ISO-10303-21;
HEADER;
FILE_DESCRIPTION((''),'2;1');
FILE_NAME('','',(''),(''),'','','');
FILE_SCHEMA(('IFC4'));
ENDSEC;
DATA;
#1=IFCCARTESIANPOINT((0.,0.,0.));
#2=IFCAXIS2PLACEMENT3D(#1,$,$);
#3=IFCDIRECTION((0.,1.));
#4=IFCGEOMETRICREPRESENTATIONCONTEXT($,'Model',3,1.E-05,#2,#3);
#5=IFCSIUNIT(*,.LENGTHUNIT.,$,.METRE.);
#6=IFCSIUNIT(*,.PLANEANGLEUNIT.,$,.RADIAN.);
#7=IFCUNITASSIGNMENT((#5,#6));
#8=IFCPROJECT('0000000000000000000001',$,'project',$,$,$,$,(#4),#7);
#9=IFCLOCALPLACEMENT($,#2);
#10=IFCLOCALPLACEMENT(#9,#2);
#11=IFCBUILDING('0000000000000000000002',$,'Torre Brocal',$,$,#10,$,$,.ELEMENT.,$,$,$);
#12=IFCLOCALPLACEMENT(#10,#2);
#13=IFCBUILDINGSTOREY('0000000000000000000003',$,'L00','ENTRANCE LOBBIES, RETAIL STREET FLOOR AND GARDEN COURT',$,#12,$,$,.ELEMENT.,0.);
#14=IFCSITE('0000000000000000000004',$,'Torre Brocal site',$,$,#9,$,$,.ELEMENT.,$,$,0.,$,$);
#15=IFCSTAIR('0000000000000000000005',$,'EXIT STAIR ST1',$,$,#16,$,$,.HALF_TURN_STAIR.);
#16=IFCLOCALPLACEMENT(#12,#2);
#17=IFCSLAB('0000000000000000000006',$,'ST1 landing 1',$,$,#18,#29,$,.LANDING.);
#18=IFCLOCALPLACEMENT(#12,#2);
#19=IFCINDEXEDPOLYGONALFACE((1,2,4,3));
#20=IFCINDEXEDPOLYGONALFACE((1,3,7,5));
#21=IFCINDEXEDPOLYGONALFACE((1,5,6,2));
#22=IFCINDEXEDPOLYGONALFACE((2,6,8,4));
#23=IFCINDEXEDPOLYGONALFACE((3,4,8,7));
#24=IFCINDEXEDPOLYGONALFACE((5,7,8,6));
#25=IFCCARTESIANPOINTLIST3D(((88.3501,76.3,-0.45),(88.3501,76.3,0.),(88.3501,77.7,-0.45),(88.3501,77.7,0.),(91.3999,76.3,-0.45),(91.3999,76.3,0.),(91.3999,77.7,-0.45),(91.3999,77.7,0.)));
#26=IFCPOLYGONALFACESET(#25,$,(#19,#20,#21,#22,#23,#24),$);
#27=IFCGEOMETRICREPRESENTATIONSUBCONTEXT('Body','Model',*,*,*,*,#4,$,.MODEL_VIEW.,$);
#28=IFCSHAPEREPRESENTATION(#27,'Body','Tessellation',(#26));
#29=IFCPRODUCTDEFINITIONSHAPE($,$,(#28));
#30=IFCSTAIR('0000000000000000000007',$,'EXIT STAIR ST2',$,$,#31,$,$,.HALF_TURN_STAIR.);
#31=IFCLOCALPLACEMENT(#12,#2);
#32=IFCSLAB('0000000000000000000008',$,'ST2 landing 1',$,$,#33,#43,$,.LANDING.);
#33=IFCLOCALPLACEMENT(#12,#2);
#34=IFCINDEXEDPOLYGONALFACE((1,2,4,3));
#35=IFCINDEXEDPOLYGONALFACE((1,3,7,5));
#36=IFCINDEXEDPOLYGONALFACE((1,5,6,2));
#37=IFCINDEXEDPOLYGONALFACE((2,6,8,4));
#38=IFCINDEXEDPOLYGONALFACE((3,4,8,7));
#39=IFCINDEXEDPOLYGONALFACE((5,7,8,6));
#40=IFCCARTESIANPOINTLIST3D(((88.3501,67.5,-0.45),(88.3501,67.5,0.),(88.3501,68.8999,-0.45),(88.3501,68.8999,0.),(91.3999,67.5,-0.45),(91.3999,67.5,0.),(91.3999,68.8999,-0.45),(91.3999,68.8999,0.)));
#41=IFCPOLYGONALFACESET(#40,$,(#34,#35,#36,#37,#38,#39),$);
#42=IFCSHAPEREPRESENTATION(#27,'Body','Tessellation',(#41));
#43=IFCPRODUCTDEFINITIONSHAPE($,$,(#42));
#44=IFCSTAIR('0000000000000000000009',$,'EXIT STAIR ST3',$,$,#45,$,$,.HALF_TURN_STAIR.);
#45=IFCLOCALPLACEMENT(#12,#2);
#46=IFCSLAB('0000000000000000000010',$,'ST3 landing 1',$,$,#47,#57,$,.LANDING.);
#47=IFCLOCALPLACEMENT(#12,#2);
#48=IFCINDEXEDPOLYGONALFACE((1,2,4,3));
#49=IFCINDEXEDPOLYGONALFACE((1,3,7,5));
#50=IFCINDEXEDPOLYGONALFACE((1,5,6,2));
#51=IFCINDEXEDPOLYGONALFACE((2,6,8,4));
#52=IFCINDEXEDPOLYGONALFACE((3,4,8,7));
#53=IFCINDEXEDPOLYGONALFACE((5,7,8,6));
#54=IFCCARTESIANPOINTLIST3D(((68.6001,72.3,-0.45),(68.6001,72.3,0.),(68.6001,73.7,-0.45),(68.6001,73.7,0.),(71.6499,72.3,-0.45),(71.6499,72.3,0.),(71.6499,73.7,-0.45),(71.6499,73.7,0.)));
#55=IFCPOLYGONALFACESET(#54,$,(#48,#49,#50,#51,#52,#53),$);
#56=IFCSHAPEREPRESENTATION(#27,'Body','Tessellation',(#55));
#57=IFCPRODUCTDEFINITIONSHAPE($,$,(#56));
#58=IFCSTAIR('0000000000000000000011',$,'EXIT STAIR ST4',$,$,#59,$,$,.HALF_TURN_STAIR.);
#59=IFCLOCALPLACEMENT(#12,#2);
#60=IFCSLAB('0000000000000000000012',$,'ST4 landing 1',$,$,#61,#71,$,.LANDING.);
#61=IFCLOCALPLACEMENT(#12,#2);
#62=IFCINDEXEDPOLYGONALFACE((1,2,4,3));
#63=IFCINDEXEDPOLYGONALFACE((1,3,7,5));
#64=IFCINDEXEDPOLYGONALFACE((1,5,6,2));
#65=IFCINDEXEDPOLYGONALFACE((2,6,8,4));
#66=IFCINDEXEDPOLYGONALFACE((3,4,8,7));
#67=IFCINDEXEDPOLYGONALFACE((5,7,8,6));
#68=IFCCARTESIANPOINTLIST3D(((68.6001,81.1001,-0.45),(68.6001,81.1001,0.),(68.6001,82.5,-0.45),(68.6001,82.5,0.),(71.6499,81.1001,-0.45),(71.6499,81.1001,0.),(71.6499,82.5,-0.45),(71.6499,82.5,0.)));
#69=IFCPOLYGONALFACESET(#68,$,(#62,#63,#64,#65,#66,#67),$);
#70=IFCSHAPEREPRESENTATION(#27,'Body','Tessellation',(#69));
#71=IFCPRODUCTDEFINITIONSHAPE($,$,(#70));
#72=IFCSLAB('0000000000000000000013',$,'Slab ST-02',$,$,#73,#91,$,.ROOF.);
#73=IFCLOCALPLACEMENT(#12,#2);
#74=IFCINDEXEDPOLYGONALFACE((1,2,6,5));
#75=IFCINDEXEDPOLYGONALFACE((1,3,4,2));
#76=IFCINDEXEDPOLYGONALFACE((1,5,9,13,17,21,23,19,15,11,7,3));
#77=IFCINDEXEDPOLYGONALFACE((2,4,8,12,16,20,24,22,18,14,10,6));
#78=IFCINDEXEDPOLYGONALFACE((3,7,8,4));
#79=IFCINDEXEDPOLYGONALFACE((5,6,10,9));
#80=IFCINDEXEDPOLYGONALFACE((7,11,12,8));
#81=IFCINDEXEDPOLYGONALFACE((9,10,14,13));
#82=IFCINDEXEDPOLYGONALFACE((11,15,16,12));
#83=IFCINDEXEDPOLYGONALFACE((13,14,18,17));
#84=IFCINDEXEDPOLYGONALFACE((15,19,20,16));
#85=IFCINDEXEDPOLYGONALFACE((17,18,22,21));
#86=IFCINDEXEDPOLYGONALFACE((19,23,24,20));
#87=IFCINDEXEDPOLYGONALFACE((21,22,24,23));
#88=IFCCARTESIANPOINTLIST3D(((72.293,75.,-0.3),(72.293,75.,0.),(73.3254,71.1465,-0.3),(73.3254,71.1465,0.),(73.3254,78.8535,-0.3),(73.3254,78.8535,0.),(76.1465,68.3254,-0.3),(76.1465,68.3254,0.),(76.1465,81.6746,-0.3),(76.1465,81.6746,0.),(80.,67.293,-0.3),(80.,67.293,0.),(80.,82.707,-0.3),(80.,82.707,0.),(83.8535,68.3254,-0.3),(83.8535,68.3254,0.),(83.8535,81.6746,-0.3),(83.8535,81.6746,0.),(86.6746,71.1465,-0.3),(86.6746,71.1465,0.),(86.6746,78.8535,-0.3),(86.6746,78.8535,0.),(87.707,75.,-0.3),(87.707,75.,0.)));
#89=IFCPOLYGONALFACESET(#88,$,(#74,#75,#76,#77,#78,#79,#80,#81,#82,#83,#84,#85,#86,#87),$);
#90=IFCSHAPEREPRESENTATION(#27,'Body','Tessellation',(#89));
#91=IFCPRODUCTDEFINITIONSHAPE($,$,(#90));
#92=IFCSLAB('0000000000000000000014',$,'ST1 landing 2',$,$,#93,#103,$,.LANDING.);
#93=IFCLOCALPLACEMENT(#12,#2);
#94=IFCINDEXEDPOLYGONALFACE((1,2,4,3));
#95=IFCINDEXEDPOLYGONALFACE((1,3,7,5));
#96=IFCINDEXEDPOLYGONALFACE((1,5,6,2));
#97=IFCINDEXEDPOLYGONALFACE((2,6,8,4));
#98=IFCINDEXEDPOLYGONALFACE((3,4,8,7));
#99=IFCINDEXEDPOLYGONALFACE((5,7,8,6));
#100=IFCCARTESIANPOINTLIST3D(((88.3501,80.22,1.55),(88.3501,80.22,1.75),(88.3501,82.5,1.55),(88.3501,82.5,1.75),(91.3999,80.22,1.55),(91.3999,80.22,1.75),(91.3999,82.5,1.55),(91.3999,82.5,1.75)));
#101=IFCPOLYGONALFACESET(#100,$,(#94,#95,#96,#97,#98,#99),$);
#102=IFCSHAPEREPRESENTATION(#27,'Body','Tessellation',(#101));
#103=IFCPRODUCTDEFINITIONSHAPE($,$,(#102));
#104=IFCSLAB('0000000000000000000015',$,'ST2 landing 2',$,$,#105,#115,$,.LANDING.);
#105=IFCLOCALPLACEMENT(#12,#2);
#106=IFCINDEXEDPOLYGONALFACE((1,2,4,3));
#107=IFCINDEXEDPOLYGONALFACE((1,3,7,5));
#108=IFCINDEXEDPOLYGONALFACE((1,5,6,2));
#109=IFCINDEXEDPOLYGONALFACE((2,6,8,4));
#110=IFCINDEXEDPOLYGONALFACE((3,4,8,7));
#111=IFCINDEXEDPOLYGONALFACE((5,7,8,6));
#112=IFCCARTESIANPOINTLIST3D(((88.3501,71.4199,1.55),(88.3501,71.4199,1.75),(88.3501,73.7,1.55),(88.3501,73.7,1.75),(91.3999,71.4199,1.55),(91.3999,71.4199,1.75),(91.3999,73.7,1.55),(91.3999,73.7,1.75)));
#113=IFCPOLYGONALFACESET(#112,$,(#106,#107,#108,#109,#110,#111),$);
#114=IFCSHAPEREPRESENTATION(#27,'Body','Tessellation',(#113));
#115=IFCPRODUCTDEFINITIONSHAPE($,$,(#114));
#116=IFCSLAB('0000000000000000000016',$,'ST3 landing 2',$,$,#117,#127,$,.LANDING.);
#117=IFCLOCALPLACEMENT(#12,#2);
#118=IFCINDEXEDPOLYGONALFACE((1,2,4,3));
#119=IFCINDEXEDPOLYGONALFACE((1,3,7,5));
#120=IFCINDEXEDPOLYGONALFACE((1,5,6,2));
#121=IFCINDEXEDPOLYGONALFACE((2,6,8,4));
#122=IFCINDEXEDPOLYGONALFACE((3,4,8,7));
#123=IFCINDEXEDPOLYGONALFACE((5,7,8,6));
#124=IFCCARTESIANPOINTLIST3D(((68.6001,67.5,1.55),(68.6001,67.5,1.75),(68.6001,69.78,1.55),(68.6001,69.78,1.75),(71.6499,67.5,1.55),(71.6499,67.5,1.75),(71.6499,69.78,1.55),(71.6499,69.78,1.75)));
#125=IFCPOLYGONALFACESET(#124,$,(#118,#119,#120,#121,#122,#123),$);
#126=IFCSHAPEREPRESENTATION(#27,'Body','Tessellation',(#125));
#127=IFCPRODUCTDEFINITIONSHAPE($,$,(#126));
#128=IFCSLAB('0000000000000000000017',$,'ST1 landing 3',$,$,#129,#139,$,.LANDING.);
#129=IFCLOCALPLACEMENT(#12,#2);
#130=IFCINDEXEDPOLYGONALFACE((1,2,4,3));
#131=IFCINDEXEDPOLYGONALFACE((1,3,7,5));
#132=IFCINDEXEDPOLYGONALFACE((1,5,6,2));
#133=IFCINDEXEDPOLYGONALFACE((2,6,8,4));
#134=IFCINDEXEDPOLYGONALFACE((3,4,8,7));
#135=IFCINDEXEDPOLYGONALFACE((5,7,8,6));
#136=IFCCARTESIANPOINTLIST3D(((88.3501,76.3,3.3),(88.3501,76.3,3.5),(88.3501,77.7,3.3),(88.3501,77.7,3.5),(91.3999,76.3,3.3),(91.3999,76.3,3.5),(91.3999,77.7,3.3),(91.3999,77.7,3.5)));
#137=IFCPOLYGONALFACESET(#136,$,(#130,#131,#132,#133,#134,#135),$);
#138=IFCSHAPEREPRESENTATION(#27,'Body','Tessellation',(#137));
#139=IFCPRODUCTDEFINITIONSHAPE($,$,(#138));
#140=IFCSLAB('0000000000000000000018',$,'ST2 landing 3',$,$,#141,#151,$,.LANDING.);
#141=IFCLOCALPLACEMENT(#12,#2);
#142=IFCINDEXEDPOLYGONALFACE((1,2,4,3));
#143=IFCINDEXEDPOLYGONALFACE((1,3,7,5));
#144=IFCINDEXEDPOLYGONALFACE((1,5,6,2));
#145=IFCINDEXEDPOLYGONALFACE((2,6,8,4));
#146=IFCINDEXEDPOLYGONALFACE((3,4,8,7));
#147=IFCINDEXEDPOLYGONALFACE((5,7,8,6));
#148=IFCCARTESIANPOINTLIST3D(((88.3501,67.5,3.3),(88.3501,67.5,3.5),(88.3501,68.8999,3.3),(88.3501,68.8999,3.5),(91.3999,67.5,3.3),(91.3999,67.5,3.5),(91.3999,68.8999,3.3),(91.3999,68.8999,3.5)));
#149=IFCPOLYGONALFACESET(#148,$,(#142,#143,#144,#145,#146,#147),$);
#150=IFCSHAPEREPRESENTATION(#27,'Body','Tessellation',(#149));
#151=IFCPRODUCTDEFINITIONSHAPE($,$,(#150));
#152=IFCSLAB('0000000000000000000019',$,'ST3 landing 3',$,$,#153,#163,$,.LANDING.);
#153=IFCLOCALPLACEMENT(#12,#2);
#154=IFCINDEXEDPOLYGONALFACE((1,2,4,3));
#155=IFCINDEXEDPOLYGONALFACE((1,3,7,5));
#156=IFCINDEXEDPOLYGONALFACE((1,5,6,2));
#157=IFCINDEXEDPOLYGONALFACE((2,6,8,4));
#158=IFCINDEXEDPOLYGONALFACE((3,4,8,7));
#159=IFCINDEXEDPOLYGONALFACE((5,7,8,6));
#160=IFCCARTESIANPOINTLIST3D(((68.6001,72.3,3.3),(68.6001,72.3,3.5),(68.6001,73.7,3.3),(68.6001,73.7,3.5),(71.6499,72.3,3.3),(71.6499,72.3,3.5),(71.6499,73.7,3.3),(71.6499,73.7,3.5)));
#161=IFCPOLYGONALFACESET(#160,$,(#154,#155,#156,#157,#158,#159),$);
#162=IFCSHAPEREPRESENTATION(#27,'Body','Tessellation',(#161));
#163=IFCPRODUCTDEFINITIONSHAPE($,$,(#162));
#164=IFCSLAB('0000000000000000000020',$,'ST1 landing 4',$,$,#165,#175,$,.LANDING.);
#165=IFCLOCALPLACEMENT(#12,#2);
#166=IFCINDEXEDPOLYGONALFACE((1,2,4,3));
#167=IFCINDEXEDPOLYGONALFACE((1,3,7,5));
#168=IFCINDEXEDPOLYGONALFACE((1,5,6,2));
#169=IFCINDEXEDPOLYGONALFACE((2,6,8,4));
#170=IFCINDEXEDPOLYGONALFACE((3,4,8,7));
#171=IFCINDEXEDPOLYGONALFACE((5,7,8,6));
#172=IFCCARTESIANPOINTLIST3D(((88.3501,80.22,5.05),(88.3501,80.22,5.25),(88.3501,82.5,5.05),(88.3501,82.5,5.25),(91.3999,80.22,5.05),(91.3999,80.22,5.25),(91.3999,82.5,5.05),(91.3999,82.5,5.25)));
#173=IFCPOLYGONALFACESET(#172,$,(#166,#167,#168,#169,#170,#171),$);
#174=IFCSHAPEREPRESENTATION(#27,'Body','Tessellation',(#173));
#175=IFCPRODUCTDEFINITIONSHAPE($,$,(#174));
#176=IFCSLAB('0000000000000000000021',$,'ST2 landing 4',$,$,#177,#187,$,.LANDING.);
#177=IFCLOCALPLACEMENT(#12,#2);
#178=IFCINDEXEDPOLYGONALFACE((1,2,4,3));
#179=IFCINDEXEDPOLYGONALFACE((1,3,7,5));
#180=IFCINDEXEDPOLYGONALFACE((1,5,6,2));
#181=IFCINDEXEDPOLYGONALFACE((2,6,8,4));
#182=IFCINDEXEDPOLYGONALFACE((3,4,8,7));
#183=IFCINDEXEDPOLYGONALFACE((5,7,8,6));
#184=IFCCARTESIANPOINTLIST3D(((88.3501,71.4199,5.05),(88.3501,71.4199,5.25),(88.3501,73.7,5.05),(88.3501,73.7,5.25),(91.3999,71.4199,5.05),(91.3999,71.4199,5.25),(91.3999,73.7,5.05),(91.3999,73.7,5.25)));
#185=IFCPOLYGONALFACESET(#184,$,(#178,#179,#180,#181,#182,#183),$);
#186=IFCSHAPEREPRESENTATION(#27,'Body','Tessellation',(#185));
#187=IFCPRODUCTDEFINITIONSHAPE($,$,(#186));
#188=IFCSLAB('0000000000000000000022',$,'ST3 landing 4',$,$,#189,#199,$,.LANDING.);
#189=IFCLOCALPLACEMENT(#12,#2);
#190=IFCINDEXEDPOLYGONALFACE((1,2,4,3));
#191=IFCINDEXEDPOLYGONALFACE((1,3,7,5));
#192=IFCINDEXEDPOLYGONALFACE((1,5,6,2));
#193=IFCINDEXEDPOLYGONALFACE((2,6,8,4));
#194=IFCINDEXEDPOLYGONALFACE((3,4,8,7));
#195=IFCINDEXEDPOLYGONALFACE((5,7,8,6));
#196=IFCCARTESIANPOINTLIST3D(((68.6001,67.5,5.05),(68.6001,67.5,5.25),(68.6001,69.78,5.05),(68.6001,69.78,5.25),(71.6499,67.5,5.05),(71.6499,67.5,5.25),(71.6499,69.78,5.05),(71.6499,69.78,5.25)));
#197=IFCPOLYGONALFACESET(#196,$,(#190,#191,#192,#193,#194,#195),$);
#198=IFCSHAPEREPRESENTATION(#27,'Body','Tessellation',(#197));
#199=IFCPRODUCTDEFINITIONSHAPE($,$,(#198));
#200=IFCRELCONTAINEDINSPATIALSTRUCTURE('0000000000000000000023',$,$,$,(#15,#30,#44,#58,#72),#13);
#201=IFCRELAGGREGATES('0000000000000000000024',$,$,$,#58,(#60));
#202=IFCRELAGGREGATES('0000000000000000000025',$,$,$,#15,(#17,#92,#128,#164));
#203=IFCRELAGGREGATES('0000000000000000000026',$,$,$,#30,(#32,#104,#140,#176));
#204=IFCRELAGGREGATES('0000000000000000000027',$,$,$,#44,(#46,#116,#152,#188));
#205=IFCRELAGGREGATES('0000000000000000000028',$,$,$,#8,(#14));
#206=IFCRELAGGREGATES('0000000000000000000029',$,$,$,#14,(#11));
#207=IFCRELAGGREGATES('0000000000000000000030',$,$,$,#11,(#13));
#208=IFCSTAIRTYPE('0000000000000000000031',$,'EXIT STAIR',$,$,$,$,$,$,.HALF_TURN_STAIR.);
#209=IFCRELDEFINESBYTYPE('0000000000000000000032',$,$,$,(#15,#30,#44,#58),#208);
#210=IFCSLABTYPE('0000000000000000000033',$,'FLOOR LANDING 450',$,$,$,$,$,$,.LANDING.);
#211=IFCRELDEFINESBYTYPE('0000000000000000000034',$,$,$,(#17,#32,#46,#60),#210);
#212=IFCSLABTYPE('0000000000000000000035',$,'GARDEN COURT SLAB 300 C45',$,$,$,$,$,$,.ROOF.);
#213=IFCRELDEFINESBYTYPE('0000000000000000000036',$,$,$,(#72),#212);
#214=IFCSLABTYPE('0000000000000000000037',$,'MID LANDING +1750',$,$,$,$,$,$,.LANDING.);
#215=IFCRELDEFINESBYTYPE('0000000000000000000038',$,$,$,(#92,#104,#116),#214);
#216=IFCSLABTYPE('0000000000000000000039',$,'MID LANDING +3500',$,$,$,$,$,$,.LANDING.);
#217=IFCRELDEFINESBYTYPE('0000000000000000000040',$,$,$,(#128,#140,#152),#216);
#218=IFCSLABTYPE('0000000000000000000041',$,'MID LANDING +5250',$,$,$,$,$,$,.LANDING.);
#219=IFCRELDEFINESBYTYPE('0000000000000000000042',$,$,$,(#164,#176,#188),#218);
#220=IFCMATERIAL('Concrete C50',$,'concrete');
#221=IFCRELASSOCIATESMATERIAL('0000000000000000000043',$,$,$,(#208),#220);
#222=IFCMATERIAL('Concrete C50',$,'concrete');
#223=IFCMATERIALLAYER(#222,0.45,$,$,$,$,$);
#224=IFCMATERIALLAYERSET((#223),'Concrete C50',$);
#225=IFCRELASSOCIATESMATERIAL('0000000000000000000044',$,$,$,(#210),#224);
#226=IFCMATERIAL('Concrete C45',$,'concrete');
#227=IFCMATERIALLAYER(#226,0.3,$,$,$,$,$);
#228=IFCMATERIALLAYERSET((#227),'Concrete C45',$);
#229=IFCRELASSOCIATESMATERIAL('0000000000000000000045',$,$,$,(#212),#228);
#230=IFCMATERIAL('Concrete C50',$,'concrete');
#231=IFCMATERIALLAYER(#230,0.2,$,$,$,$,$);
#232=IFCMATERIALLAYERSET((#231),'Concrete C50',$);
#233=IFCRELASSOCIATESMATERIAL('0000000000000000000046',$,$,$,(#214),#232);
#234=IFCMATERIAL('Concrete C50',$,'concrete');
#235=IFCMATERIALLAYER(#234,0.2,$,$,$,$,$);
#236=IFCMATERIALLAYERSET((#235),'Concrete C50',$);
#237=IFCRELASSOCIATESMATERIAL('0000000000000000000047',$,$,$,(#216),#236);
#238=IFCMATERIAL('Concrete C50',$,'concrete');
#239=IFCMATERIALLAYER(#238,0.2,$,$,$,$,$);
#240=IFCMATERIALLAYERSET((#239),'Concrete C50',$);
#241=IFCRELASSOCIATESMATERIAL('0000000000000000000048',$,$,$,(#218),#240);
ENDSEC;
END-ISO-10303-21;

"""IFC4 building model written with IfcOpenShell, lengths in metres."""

from ifc_helpers import new_model, si_unit, direction, frame, origin, place, context, subcontext, project, spatial, polyline, outline, extrude, material, layer, layer_set, type_object, element, aggregate, save


model = new_model("IFC4")

# Units and contexts
model_context = context("Model", 3, precision=1e-05, world=origin(), true_north=direction((0.0, 1.0)))
body_context = subcontext(model_context, "Body", "Model", "MODEL_VIEW")
ifc_project = project(units=[si_unit("LENGTHUNIT", "METRE"), si_unit("PLANEANGLEUNIT", "RADIAN")], contexts=[model_context])

# Site, building, storey
site_placement = place(None, origin())
site = spatial("IfcSite", under=ifc_project, at=site_placement, Name="Torre Brocal site", CompositionType="ELEMENT", RefElevation=0.0)
building_placement = place(site_placement, origin())
building = spatial("IfcBuilding", under=site, at=building_placement, Name="Torre Brocal", CompositionType="ELEMENT")
storey_placement = place(building_placement, origin())
storey = spatial("IfcBuildingStorey", under=building, at=storey_placement, Name="L00", Description="ENTRANCE LOBBIES, RETAIL STREET FLOOR AND GARDEN COURT", CompositionType="ELEMENT", Elevation=0.0)

# Stairs, slabs
ifc_material_1 = material(Name="Concrete C50", Category="concrete")
stair_type = type_object("IfcStairType", Name="EXIT STAIR", PredefinedType="HALF_TURN_STAIR", material=ifc_material_1)
stair_1_placement = place(storey_placement, origin())
stair_1 = element("IfcStair", 1, at=stair_1_placement, inside=storey, type_object=stair_type, Name="EXIT STAIR ST1", PredefinedType="HALF_TURN_STAIR")
ifc_material_2 = material(Name="Concrete C50", Category="concrete")
ifc_layer_1 = layer(ifc_material_2, 0.45)
ifc_layer_set_1 = layer_set([ifc_layer_1], Name="Concrete C50")
slab_type_1 = type_object("IfcSlabType", Name="FLOOR LANDING 450", PredefinedType="LANDING", material=ifc_layer_set_1)
slab_1_placement = place(storey_placement, frame((0.0, 0.0, -0.45)))
slab_1 = element("IfcSlab", 2, at=slab_1_placement, type_object=slab_type_1, Name="ST1 landing 1", PredefinedType="LANDING", context=body_context, shape_type="SweptSolid", body=[
    extrude(outline(polyline([(88.3501, 76.3), (91.3999, 76.3), (91.3999, 77.7), (88.3501, 77.7), (88.3501, 76.3)])), origin(), (0.0, 0.0, 1.0), 0.45),
])
stair_2_placement = place(storey_placement, origin())
stair_2 = element("IfcStair", 3, at=stair_2_placement, inside=storey, type_object=stair_type, Name="EXIT STAIR ST2", PredefinedType="HALF_TURN_STAIR")
slab_2_placement = place(storey_placement, frame((0.0, 0.0, -0.45)))
slab_2 = element("IfcSlab", 4, at=slab_2_placement, type_object=slab_type_1, Name="ST2 landing 1", PredefinedType="LANDING", context=body_context, shape_type="SweptSolid", body=[
    extrude(outline(polyline([(88.3501, 67.5), (91.3999, 67.5), (91.3999, 68.8999), (88.3501, 68.8999), (88.3501, 67.5)])), origin(), (0.0, 0.0, 1.0), 0.45),
])
stair_3_placement = place(storey_placement, origin())
stair_3 = element("IfcStair", 5, at=stair_3_placement, inside=storey, type_object=stair_type, Name="EXIT STAIR ST3", PredefinedType="HALF_TURN_STAIR")
slab_3_placement = place(storey_placement, frame((0.0, 0.0, -0.45)))
slab_3 = element("IfcSlab", 6, at=slab_3_placement, type_object=slab_type_1, Name="ST3 landing 1", PredefinedType="LANDING", context=body_context, shape_type="SweptSolid", body=[
    extrude(outline(polyline([(71.6499, 73.7), (68.6001, 73.7), (68.6001, 72.3), (71.6499, 72.3), (71.6499, 73.7)])), origin(), (0.0, 0.0, 1.0), 0.45),
])
stair_4_placement = place(storey_placement, origin())
stair_4 = element("IfcStair", 7, at=stair_4_placement, inside=storey, type_object=stair_type, Name="EXIT STAIR ST4", PredefinedType="HALF_TURN_STAIR")
slab_4_placement = place(storey_placement, frame((0.0, 0.0, -0.45)))
slab_4 = element("IfcSlab", 8, at=slab_4_placement, type_object=slab_type_1, Name="ST4 landing 1", PredefinedType="LANDING", context=body_context, shape_type="SweptSolid", body=[
    extrude(outline(polyline([(71.6499, 82.5), (68.6001, 82.5), (68.6001, 81.1001), (71.6499, 81.1001), (71.6499, 82.5)])), origin(), (0.0, 0.0, 1.0), 0.45),
])
aggregate(stair_4, [slab_4])

# Slabs
ifc_material_3 = material(Name="Concrete C45", Category="concrete")
ifc_layer_2 = layer(ifc_material_3, 0.3)
ifc_layer_set_2 = layer_set([ifc_layer_2], Name="Concrete C45")
slab_type_2 = type_object("IfcSlabType", Name="GARDEN COURT SLAB 300 C45", PredefinedType="ROOF", material=ifc_layer_set_2)
slab_5_placement = place(storey_placement, frame((0.0, 0.0, -0.3)))
element("IfcSlab", 9, at=slab_5_placement, inside=storey, type_object=slab_type_2, Name="Slab ST-02", PredefinedType="ROOF", context=body_context, shape_type="SweptSolid", body=[
    extrude(outline(polyline([(87.707, 75.0), (86.6746, 71.1465), (83.8535, 68.3254), (80.0, 67.293), (76.1465, 68.3254), (73.3254, 71.1465), (72.293, 75.0), (73.3254, 78.8535), (76.1465, 81.6746), (80.0, 82.707), (83.8535, 81.6746), (86.6746, 78.8535), (87.707, 75.0)])), origin(), (0.0, 0.0, 1.0), 0.3),
])
ifc_material_4 = material(Name="Concrete C50", Category="concrete")
ifc_layer_3 = layer(ifc_material_4, 0.2)
ifc_layer_set_3 = layer_set([ifc_layer_3], Name="Concrete C50")
slab_type_3 = type_object("IfcSlabType", Name="MID LANDING +1750", PredefinedType="LANDING", material=ifc_layer_set_3)
slab_6_placement = place(storey_placement, frame((0.0, 0.0, 1.55)))
slab_6 = element("IfcSlab", 10, at=slab_6_placement, type_object=slab_type_3, Name="ST1 landing 2", PredefinedType="LANDING", context=body_context, shape_type="SweptSolid", body=[
    extrude(outline(polyline([(88.3501, 80.22), (91.3999, 80.22), (91.3999, 82.5), (88.3501, 82.5), (88.3501, 80.22)])), origin(), (0.0, 0.0, 1.0), 0.2),
])
slab_7_placement = place(storey_placement, frame((0.0, 0.0, 1.55)))
slab_7 = element("IfcSlab", 11, at=slab_7_placement, type_object=slab_type_3, Name="ST2 landing 2", PredefinedType="LANDING", context=body_context, shape_type="SweptSolid", body=[
    extrude(outline(polyline([(88.3501, 71.4199), (91.3999, 71.4199), (91.3999, 73.7), (88.3501, 73.7), (88.3501, 71.4199)])), origin(), (0.0, 0.0, 1.0), 0.2),
])
slab_8_placement = place(storey_placement, frame((0.0, 0.0, 1.55)))
slab_8 = element("IfcSlab", 12, at=slab_8_placement, type_object=slab_type_3, Name="ST3 landing 2", PredefinedType="LANDING", context=body_context, shape_type="SweptSolid", body=[
    extrude(outline(polyline([(71.6499, 69.78), (68.6001, 69.78), (68.6001, 67.5), (71.6499, 67.5), (71.6499, 69.78)])), origin(), (0.0, 0.0, 1.0), 0.2),
])
ifc_material_5 = material(Name="Concrete C50", Category="concrete")
ifc_layer_4 = layer(ifc_material_5, 0.2)
ifc_layer_set_4 = layer_set([ifc_layer_4], Name="Concrete C50")
slab_type_4 = type_object("IfcSlabType", Name="MID LANDING +3500", PredefinedType="LANDING", material=ifc_layer_set_4)
slab_9_placement = place(storey_placement, frame((0.0, 0.0, 3.3)))
slab_9 = element("IfcSlab", 13, at=slab_9_placement, type_object=slab_type_4, Name="ST1 landing 3", PredefinedType="LANDING", context=body_context, shape_type="SweptSolid", body=[
    extrude(outline(polyline([(88.3501, 76.3), (91.3999, 76.3), (91.3999, 77.7), (88.3501, 77.7), (88.3501, 76.3)])), origin(), (0.0, 0.0, 1.0), 0.2),
])
slab_10_placement = place(storey_placement, frame((0.0, 0.0, 3.3)))
slab_10 = element("IfcSlab", 14, at=slab_10_placement, type_object=slab_type_4, Name="ST2 landing 3", PredefinedType="LANDING", context=body_context, shape_type="SweptSolid", body=[
    extrude(outline(polyline([(88.3501, 67.5), (91.3999, 67.5), (91.3999, 68.8999), (88.3501, 68.8999), (88.3501, 67.5)])), origin(), (0.0, 0.0, 1.0), 0.2),
])
slab_11_placement = place(storey_placement, frame((0.0, 0.0, 3.3)))
slab_11 = element("IfcSlab", 15, at=slab_11_placement, type_object=slab_type_4, Name="ST3 landing 3", PredefinedType="LANDING", context=body_context, shape_type="SweptSolid", body=[
    extrude(outline(polyline([(71.6499, 73.7), (68.6001, 73.7), (68.6001, 72.3), (71.6499, 72.3), (71.6499, 73.7)])), origin(), (0.0, 0.0, 1.0), 0.2),
])
ifc_material_6 = material(Name="Concrete C50", Category="concrete")
ifc_layer_5 = layer(ifc_material_6, 0.2)
ifc_layer_set_5 = layer_set([ifc_layer_5], Name="Concrete C50")
slab_type_5 = type_object("IfcSlabType", Name="MID LANDING +5250", PredefinedType="LANDING", material=ifc_layer_set_5)
slab_12_placement = place(storey_placement, frame((0.0, 0.0, 5.05)))
slab_12 = element("IfcSlab", 16, at=slab_12_placement, type_object=slab_type_5, Name="ST1 landing 4", PredefinedType="LANDING", context=body_context, shape_type="SweptSolid", body=[
    extrude(outline(polyline([(88.3501, 80.22), (91.3999, 80.22), (91.3999, 82.5), (88.3501, 82.5), (88.3501, 80.22)])), origin(), (0.0, 0.0, 1.0), 0.2),
])
aggregate(stair_1, [slab_1, slab_6, slab_9, slab_12])
slab_13_placement = place(storey_placement, frame((0.0, 0.0, 5.05)))
slab_13 = element("IfcSlab", 17, at=slab_13_placement, type_object=slab_type_5, Name="ST2 landing 4", PredefinedType="LANDING", context=body_context, shape_type="SweptSolid", body=[
    extrude(outline(polyline([(88.3501, 71.4199), (91.3999, 71.4199), (91.3999, 73.7), (88.3501, 73.7), (88.3501, 71.4199)])), origin(), (0.0, 0.0, 1.0), 0.2),
])
aggregate(stair_2, [slab_2, slab_7, slab_10, slab_13])
slab_14_placement = place(storey_placement, frame((0.0, 0.0, 5.05)))
slab_14 = element("IfcSlab", 18, at=slab_14_placement, type_object=slab_type_5, Name="ST3 landing 4", PredefinedType="LANDING", context=body_context, shape_type="SweptSolid", body=[
    extrude(outline(polyline([(71.6499, 69.78), (68.6001, 69.78), (68.6001, 67.5), (71.6499, 67.5), (71.6499, 69.78)])), origin(), (0.0, 0.0, 1.0), 0.2),
])
aggregate(stair_3, [slab_3, slab_8, slab_11, slab_14])

save(model, "model.ifc")
